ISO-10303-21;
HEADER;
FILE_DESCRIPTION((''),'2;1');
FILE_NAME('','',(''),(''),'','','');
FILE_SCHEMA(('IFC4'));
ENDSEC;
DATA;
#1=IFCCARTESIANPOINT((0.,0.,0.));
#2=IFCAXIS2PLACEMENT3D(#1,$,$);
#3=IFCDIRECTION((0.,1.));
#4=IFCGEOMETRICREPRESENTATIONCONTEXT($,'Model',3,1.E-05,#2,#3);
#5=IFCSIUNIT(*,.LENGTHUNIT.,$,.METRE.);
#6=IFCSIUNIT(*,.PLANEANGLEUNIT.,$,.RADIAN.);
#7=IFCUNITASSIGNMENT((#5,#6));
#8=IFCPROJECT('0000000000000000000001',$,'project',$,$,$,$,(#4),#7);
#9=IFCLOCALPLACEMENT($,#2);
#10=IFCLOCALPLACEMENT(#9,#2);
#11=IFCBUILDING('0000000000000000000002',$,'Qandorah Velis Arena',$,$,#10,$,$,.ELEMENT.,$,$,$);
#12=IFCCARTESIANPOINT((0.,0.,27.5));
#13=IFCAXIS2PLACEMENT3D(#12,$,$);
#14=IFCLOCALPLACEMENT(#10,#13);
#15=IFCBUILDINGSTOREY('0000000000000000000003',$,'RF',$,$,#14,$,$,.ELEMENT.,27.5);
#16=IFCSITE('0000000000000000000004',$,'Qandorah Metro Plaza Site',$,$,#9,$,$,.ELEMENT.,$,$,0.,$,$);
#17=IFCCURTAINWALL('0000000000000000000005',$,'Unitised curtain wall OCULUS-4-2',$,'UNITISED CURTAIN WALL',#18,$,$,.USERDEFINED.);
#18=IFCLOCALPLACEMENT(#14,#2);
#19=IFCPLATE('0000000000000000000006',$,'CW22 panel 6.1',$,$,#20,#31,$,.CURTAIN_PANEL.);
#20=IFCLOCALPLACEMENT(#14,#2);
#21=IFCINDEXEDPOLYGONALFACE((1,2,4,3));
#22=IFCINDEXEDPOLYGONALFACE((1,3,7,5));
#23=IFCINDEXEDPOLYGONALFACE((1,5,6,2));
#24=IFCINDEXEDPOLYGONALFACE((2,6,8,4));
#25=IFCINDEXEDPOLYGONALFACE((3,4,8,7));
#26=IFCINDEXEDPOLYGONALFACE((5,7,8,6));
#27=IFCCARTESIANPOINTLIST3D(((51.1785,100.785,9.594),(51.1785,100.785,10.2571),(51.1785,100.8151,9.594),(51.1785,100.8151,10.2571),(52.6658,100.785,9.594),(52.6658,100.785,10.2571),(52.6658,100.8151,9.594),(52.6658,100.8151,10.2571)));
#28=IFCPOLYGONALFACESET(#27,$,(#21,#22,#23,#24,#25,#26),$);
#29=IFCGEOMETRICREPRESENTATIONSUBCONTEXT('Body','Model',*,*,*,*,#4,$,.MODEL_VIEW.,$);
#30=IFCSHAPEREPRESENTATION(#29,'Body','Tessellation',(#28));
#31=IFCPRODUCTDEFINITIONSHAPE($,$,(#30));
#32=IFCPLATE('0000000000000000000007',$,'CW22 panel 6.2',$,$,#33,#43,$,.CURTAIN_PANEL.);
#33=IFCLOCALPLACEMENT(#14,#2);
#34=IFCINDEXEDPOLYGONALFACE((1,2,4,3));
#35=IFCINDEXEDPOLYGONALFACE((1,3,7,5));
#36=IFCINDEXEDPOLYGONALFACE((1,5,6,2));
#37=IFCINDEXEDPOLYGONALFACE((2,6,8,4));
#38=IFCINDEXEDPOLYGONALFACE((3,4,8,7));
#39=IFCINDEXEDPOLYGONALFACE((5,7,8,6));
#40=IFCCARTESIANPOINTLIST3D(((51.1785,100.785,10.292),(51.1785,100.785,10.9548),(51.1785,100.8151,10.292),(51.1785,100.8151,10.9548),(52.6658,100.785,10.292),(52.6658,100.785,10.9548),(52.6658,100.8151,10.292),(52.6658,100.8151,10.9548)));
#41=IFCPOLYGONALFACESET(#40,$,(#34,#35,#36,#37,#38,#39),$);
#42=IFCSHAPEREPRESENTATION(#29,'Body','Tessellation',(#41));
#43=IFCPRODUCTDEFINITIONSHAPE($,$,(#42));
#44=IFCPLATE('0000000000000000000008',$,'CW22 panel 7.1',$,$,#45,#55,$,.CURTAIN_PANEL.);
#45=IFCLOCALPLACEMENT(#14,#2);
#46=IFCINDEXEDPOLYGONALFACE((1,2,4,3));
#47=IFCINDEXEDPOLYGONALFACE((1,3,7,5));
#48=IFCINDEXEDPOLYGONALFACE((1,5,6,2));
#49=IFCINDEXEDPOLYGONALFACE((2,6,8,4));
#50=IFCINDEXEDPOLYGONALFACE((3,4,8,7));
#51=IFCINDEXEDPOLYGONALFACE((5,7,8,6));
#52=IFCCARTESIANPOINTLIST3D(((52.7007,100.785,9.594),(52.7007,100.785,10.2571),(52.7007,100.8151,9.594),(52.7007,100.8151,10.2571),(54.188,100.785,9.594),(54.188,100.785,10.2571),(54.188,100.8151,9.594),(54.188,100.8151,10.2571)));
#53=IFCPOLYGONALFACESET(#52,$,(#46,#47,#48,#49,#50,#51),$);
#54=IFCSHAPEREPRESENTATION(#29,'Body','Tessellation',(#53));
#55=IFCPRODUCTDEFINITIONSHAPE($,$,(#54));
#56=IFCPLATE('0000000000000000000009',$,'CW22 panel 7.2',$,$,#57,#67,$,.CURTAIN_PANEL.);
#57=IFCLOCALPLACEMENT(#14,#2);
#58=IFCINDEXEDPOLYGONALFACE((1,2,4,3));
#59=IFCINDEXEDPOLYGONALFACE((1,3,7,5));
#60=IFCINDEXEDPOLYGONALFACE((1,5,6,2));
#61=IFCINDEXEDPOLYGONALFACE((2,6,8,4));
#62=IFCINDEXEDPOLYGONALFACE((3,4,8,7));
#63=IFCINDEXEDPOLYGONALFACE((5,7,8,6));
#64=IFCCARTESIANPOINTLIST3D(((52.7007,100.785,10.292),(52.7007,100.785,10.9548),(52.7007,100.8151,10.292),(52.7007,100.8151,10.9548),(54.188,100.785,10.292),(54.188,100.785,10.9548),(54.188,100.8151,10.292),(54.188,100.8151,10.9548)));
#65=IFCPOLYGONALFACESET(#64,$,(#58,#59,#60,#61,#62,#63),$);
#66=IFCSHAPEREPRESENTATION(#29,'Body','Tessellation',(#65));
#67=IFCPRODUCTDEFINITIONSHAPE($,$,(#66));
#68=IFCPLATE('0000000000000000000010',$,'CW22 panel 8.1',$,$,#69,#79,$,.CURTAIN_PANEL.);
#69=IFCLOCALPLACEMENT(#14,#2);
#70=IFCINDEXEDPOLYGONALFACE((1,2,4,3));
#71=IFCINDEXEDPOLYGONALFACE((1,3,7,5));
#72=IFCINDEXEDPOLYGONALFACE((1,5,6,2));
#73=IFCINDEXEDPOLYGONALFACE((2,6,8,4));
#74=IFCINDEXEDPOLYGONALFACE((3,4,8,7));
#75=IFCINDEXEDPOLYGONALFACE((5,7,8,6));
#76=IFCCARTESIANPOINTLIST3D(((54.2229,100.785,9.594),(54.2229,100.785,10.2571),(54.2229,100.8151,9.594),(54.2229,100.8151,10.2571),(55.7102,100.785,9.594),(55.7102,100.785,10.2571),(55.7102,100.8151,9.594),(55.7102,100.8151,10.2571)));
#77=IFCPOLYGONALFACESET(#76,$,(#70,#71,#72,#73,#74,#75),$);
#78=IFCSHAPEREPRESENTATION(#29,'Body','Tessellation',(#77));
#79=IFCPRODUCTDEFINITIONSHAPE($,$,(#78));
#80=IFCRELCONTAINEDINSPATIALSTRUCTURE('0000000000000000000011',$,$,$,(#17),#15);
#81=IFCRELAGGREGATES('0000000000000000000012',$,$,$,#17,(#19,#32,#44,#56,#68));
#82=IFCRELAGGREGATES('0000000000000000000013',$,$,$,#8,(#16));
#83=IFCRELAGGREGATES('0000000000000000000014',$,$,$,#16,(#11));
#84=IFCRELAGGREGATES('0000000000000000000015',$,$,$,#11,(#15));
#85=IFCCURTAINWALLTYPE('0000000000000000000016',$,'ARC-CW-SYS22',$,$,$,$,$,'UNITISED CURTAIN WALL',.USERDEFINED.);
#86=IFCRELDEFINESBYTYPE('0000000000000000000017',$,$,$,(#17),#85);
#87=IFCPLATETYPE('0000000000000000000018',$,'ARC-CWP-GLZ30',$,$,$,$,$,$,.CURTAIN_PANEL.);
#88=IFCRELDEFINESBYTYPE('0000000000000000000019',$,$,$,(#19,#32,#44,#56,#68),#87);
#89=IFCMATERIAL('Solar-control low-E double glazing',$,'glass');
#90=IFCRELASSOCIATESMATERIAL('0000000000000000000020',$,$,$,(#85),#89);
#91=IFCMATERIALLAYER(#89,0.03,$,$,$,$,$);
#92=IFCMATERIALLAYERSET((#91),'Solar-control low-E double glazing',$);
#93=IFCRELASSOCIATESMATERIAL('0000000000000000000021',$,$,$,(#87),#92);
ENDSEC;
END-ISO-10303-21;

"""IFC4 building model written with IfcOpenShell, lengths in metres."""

from ifc_helpers import new_model, si_unit, direction, frame, origin, origin_2d, place, context, subcontext, project, spatial, rectangle, extrude, material, layer, layer_set, type_object, element, aggregate, save


model = new_model("IFC4")

# Units and contexts
model_context = context("Model", 3, precision=1e-05, world=origin(), true_north=direction((0.0, 1.0)))
body_context = subcontext(model_context, "Body", "Model", "MODEL_VIEW")
ifc_project = project(units=[si_unit("LENGTHUNIT", "METRE"), si_unit("PLANEANGLEUNIT", "RADIAN")], contexts=[model_context])

# Site, building, storey
site_placement = place(None, origin())
site = spatial("IfcSite", under=ifc_project, at=site_placement, Name="Qandorah Metro Plaza Site", CompositionType="ELEMENT", RefElevation=0.0)
building_placement = place(site_placement, origin())
building = spatial("IfcBuilding", under=site, at=building_placement, Name="Qandorah Velis Arena", CompositionType="ELEMENT")
storey_placement = place(building_placement, frame((0.0, 0.0, 27.5)))
storey = spatial("IfcBuildingStorey", under=building, at=storey_placement, Name="RF", CompositionType="ELEMENT", Elevation=27.5)

# Shared definitions
ifc_material_1 = material(Name="Solar-control low-E double glazing", Category="glass")

# Curtain wall
curtain_wall_type_1 = type_object("IfcCurtainWallType", Name="ARC-CW-SYS22", ElementType="UNITISED CURTAIN WALL", PredefinedType="USERDEFINED", material=ifc_material_1)
curtain_wall_1_placement = place(storey_placement, origin())
curtain_wall_1 = element("IfcCurtainWall", 1, at=curtain_wall_1_placement, inside=storey, type_object=curtain_wall_type_1, Name="Unitised curtain wall OCULUS-4-2", ObjectType="UNITISED CURTAIN WALL", PredefinedType="USERDEFINED")

# Plates
ifc_layer = layer(ifc_material_1, 0.03)
ifc_layer_set = layer_set([ifc_layer], Name="Solar-control low-E double glazing")
plate_type = type_object("IfcPlateType", Name="ARC-CWP-GLZ30", PredefinedType="CURTAIN_PANEL", material=ifc_layer_set)
plate_1_placement = place(storey_placement, frame((51.9221, 100.8, 9.594), z_axis=(0.0, 0.0, 1.0), x_axis=(1.0, 0.0, 0.0)))
plate_1 = element("IfcPlate", 2, at=plate_1_placement, type_object=plate_type, Name="CW22 panel 6.1", PredefinedType="CURTAIN_PANEL", context=body_context, shape_type="SweptSolid", body=[
    extrude(rectangle(XDim=1.4873, YDim=0.03, at=origin_2d()), origin(), (0.0, 0.0, 1.0), 0.6631),
])
plate_2_placement = place(storey_placement, frame((51.9221, 100.8, 10.292), z_axis=(0.0, 0.0, 1.0), x_axis=(1.0, 0.0, 0.0)))
plate_2 = element("IfcPlate", 3, at=plate_2_placement, type_object=plate_type, Name="CW22 panel 6.2", PredefinedType="CURTAIN_PANEL", context=body_context, shape_type="SweptSolid", body=[
    extrude(rectangle(XDim=1.4873, YDim=0.03, at=origin_2d()), origin(), (0.0, 0.0, 1.0), 0.6628),
])
plate_3_placement = place(storey_placement, frame((53.4443, 100.8, 9.594), z_axis=(0.0, 0.0, 1.0), x_axis=(1.0, 0.0, 0.0)))
plate_3 = element("IfcPlate", 4, at=plate_3_placement, type_object=plate_type, Name="CW22 panel 7.1", PredefinedType="CURTAIN_PANEL", context=body_context, shape_type="SweptSolid", body=[
    extrude(rectangle(XDim=1.4873, YDim=0.03, at=origin_2d()), origin(), (0.0, 0.0, 1.0), 0.6631),
])
plate_4_placement = place(storey_placement, frame((53.4443, 100.8, 10.292), z_axis=(0.0, 0.0, 1.0), x_axis=(1.0, 0.0, 0.0)))
plate_4 = element("IfcPlate", 5, at=plate_4_placement, type_object=plate_type, Name="CW22 panel 7.2", PredefinedType="CURTAIN_PANEL", context=body_context, shape_type="SweptSolid", body=[
    extrude(rectangle(XDim=1.4873, YDim=0.03, at=origin_2d()), origin(), (0.0, 0.0, 1.0), 0.6628),
])
plate_5_placement = place(storey_placement, frame((54.9666, 100.8, 9.594), z_axis=(0.0, 0.0, 1.0), x_axis=(1.0, 0.0, 0.0)))
plate_5 = element("IfcPlate", 6, at=plate_5_placement, type_object=plate_type, Name="CW22 panel 8.1", PredefinedType="CURTAIN_PANEL", context=body_context, shape_type="SweptSolid", body=[
    extrude(rectangle(XDim=1.4873, YDim=0.03, at=origin_2d()), origin(), (0.0, 0.0, 1.0), 0.6631),
])
aggregate(curtain_wall_1, [plate_1, plate_2, plate_3, plate_4, plate_5])

save(model, "model.ifc")
